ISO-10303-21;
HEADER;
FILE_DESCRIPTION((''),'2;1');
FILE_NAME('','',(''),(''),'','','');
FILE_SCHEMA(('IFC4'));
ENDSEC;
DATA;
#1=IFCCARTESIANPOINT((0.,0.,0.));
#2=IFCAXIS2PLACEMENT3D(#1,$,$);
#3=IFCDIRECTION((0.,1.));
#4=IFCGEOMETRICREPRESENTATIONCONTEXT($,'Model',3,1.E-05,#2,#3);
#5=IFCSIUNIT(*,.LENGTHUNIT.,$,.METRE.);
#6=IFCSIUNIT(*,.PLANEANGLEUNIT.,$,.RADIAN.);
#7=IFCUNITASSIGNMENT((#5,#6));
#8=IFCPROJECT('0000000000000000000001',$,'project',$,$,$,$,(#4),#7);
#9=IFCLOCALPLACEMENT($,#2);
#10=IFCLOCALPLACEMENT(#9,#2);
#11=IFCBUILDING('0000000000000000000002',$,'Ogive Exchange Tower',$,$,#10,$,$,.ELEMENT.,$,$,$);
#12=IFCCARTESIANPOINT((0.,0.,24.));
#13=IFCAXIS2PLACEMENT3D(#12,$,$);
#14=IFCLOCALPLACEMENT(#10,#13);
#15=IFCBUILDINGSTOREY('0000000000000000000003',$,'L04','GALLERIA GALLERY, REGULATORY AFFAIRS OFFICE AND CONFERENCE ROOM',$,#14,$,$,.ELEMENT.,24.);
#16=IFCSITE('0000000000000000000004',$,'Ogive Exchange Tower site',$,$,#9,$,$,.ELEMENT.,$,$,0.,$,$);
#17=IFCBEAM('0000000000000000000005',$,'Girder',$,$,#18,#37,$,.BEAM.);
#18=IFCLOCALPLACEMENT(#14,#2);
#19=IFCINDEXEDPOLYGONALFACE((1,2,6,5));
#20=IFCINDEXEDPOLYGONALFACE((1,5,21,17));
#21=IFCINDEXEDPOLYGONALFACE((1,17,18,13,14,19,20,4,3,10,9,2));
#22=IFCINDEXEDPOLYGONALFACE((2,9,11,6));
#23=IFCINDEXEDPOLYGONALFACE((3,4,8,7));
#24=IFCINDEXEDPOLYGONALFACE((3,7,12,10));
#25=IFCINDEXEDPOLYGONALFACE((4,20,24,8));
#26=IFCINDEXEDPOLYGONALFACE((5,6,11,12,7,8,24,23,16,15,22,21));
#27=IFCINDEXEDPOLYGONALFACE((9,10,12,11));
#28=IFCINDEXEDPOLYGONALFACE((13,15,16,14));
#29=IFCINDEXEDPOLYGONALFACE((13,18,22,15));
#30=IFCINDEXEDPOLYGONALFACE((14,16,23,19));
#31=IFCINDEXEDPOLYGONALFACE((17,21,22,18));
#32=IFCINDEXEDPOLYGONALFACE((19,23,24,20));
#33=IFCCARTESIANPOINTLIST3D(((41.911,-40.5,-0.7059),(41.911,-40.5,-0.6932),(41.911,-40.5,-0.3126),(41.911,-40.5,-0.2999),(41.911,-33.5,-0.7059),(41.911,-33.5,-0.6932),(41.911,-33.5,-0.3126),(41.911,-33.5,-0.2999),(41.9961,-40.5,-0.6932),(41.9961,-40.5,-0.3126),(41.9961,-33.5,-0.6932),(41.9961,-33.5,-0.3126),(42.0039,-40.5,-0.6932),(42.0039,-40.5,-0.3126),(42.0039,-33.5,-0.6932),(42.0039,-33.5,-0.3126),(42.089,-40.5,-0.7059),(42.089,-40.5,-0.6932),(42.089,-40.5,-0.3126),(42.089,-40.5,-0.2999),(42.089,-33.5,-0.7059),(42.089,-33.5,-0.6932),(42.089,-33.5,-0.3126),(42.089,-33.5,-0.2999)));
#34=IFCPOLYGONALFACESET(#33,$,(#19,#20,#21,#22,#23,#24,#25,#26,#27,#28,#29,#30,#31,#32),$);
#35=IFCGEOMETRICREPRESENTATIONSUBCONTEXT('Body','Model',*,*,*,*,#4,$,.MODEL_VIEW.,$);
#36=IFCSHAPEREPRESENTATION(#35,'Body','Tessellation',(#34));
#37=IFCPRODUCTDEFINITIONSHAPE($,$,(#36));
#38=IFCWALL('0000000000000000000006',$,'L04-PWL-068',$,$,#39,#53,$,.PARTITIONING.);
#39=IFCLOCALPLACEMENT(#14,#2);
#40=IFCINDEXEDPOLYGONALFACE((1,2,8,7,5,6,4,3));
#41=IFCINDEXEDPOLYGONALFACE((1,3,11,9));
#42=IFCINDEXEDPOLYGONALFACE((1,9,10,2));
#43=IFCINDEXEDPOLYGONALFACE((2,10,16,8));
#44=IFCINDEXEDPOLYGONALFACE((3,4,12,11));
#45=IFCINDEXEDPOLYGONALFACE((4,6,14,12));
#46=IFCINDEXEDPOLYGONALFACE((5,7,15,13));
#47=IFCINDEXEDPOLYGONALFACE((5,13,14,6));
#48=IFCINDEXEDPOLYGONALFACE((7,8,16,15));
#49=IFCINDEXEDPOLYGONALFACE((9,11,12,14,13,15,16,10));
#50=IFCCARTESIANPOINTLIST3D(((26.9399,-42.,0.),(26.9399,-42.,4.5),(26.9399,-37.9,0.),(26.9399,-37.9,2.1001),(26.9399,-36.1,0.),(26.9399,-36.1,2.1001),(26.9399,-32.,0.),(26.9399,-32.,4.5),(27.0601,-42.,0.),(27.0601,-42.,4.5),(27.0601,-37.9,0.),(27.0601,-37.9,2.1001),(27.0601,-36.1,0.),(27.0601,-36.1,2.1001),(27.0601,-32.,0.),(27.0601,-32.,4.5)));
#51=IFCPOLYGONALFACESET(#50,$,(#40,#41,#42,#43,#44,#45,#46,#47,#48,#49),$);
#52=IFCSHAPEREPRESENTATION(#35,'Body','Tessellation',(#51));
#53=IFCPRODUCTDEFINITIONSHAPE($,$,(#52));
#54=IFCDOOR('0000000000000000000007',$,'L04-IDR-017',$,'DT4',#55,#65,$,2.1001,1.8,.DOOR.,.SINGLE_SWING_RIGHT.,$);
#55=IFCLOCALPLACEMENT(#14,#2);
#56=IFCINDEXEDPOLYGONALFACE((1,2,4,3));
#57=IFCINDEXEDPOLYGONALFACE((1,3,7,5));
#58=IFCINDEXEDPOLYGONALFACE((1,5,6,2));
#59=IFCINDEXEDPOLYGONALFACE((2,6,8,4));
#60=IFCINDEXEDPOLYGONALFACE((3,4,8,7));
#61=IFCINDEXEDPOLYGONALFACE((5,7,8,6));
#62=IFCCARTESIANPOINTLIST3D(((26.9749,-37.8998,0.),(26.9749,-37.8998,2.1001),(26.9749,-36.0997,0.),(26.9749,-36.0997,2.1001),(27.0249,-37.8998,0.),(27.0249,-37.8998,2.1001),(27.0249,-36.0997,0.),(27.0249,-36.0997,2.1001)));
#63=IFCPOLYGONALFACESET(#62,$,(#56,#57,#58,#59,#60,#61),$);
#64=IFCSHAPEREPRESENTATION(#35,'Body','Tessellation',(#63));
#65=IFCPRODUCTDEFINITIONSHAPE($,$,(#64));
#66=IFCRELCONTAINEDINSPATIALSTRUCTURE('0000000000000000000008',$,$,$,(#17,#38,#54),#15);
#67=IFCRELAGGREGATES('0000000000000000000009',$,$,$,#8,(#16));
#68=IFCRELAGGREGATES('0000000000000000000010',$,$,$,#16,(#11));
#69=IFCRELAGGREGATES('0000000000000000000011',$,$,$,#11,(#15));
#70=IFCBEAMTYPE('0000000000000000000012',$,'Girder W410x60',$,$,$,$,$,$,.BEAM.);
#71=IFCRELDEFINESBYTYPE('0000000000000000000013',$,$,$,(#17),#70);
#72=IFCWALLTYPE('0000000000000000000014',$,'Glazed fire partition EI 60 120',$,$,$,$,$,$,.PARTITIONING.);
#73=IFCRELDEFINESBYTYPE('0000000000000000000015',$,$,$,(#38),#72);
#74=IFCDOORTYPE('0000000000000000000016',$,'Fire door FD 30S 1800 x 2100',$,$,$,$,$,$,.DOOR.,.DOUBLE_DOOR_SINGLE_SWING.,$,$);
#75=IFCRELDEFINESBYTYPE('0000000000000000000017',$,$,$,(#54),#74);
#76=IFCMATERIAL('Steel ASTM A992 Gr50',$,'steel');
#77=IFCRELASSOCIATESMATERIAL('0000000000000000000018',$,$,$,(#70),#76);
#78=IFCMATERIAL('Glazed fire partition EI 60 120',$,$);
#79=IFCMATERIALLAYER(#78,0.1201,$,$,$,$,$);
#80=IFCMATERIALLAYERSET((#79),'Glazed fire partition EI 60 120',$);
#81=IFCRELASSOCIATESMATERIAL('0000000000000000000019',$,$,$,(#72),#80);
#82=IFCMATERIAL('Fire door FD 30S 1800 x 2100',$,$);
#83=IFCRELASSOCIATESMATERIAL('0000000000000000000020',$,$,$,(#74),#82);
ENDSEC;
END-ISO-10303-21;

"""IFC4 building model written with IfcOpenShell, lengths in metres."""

from ifc_helpers import new_model, si_unit, direction, frame, frame_2d, origin, origin_2d, place, context, subcontext, project, spatial, rectangle, i_section, extrude, material, layer, layer_set, material_profile, profile_set, type_object, element, fill, save


model = new_model("IFC4")

# Units and contexts
model_context = context("Model", 3, precision=1e-05, world=origin(), true_north=direction((0.0, 1.0)))
body_context = subcontext(model_context, "Body", "Model", "MODEL_VIEW")
ifc_project = project(units=[si_unit("LENGTHUNIT", "METRE"), si_unit("PLANEANGLEUNIT", "RADIAN")], contexts=[model_context])

# Site, building, storey
site_placement = place(None, origin())
site = spatial("IfcSite", under=ifc_project, at=site_placement, Name="Ogive Exchange Tower site", CompositionType="ELEMENT", RefElevation=0.0)
building_placement = place(site_placement, origin())
building = spatial("IfcBuilding", under=site, at=building_placement, Name="Ogive Exchange Tower", CompositionType="ELEMENT")
storey_placement = place(building_placement, frame((0.0, 0.0, 24.0)))
storey = spatial("IfcBuildingStorey", under=building, at=storey_placement, Name="L04", Description="GALLERIA GALLERY, REGULATORY AFFAIRS OFFICE AND CONFERENCE ROOM", CompositionType="ELEMENT", Elevation=24.0)

# Beam
ifc_material_1 = material(Name="Steel ASTM A992 Gr50", Category="steel")
ifc_material_profile_1 = material_profile(ifc_material_1, i_section(OverallWidth=0.178, OverallDepth=0.406, WebThickness=0.0078, FlangeThickness=0.0127, at=origin_2d()), Name="W410x60")
ifc_profile_set_1 = profile_set([ifc_material_profile_1], Name="Steel ASTM A992 Gr50")
beam_type_1 = type_object("IfcBeamType", Name="Girder W410x60", PredefinedType="BEAM", material=ifc_profile_set_1)
for number, where, z_axis, x_axis, name in (
    (1, (42.0, -40.5, -0.5029), (0.0, 1.0, 0.0), (-1.0, 0.0, 0.0), "Girder"),
):
    element("IfcBeam", number, at=place(storey_placement, frame(where, z_axis=z_axis, x_axis=x_axis)), inside=storey, type_object=beam_type_1, Name=name, PredefinedType="BEAM", context=body_context, shape_type="SweptSolid", body=[
        extrude(i_section(OverallWidth=0.178, OverallDepth=0.406, WebThickness=0.0078, FlangeThickness=0.0127, at=origin_2d()), origin(), (0.0, 0.0, 1.0), 7.0),
    ])

# Wall, opening, door
ifc_material_2 = material(Name="Glazed fire partition EI 60 120")
ifc_layer_1 = layer(ifc_material_2, 0.1201)
ifc_layer_set_1 = layer_set([ifc_layer_1], Name="Glazed fire partition EI 60 120")
wall_type_1 = type_object("IfcWallType", Name="Glazed fire partition EI 60 120", PredefinedType="PARTITIONING", material=ifc_layer_set_1)
wall_1_placement = place(storey_placement, frame((27.0, -42.0, 0.0), z_axis=(0.0, 0.0, 1.0), x_axis=(0.0, 1.0, 0.0)))
wall_1 = element("IfcWall", 2, at=wall_1_placement, inside=storey, type_object=wall_type_1, Name="L04-PWL-068", PredefinedType="PARTITIONING", context=body_context, shape_type="SweptSolid", body=[
    extrude(rectangle(XDim=10.0, YDim=0.1201, at=frame_2d((5.0, 0.0))), origin(), (0.0, 0.0, 1.0), 4.5),
])
opening_1_placement = place(wall_1_placement, frame((4.1001, 0.0, 0.0)))
opening_1 = element("IfcOpeningElement", 3, at=opening_1_placement, cuts=wall_1, PredefinedType="OPENING", context=body_context, shape_type="SweptSolid", body=[
    extrude(rectangle(XDim=1.8, YDim=2.1001, at=frame_2d((0.8999, 1.05))), frame((0.0, 0.0701, 0.0), z_axis=(0.0, -1.0, 0.0), x_axis=(1.0, 0.0, 0.0)), (0.0, 0.0, 1.0), 0.1401),
])
ifc_material_3 = material(Name="Fire door FD 30S 1800 x 2100")
door_type = type_object("IfcDoorType", Name="Fire door FD 30S 1800 x 2100", OperationType="DOUBLE_DOOR_SINGLE_SWING", PredefinedType="DOOR", material=ifc_material_3)
door_placement = place(opening_1_placement, frame((1.8, 0.0, 0.0), z_axis=(0.0, 0.0, 1.0), x_axis=(-1.0, 0.0, 0.0)))
door = element("IfcDoor", 4, at=door_placement, inside=storey, type_object=door_type, Name="L04-IDR-017", ObjectType="DT4", OperationType="SINGLE_SWING_RIGHT", OverallHeight=2.1001, OverallWidth=1.8, PredefinedType="DOOR", context=body_context, shape_type="SweptSolid", body=[
    extrude(rectangle(XDim=1.8, YDim=2.1001, at=frame_2d((0.8999, 1.05))), frame((0.0, 0.0249, 0.0), z_axis=(0.0, -1.0, 0.0), x_axis=(1.0, 0.0, 0.0)), (0.0, 0.0, 1.0), 0.05),
])
fill(opening_1, door)

save(model, "model.ifc")
